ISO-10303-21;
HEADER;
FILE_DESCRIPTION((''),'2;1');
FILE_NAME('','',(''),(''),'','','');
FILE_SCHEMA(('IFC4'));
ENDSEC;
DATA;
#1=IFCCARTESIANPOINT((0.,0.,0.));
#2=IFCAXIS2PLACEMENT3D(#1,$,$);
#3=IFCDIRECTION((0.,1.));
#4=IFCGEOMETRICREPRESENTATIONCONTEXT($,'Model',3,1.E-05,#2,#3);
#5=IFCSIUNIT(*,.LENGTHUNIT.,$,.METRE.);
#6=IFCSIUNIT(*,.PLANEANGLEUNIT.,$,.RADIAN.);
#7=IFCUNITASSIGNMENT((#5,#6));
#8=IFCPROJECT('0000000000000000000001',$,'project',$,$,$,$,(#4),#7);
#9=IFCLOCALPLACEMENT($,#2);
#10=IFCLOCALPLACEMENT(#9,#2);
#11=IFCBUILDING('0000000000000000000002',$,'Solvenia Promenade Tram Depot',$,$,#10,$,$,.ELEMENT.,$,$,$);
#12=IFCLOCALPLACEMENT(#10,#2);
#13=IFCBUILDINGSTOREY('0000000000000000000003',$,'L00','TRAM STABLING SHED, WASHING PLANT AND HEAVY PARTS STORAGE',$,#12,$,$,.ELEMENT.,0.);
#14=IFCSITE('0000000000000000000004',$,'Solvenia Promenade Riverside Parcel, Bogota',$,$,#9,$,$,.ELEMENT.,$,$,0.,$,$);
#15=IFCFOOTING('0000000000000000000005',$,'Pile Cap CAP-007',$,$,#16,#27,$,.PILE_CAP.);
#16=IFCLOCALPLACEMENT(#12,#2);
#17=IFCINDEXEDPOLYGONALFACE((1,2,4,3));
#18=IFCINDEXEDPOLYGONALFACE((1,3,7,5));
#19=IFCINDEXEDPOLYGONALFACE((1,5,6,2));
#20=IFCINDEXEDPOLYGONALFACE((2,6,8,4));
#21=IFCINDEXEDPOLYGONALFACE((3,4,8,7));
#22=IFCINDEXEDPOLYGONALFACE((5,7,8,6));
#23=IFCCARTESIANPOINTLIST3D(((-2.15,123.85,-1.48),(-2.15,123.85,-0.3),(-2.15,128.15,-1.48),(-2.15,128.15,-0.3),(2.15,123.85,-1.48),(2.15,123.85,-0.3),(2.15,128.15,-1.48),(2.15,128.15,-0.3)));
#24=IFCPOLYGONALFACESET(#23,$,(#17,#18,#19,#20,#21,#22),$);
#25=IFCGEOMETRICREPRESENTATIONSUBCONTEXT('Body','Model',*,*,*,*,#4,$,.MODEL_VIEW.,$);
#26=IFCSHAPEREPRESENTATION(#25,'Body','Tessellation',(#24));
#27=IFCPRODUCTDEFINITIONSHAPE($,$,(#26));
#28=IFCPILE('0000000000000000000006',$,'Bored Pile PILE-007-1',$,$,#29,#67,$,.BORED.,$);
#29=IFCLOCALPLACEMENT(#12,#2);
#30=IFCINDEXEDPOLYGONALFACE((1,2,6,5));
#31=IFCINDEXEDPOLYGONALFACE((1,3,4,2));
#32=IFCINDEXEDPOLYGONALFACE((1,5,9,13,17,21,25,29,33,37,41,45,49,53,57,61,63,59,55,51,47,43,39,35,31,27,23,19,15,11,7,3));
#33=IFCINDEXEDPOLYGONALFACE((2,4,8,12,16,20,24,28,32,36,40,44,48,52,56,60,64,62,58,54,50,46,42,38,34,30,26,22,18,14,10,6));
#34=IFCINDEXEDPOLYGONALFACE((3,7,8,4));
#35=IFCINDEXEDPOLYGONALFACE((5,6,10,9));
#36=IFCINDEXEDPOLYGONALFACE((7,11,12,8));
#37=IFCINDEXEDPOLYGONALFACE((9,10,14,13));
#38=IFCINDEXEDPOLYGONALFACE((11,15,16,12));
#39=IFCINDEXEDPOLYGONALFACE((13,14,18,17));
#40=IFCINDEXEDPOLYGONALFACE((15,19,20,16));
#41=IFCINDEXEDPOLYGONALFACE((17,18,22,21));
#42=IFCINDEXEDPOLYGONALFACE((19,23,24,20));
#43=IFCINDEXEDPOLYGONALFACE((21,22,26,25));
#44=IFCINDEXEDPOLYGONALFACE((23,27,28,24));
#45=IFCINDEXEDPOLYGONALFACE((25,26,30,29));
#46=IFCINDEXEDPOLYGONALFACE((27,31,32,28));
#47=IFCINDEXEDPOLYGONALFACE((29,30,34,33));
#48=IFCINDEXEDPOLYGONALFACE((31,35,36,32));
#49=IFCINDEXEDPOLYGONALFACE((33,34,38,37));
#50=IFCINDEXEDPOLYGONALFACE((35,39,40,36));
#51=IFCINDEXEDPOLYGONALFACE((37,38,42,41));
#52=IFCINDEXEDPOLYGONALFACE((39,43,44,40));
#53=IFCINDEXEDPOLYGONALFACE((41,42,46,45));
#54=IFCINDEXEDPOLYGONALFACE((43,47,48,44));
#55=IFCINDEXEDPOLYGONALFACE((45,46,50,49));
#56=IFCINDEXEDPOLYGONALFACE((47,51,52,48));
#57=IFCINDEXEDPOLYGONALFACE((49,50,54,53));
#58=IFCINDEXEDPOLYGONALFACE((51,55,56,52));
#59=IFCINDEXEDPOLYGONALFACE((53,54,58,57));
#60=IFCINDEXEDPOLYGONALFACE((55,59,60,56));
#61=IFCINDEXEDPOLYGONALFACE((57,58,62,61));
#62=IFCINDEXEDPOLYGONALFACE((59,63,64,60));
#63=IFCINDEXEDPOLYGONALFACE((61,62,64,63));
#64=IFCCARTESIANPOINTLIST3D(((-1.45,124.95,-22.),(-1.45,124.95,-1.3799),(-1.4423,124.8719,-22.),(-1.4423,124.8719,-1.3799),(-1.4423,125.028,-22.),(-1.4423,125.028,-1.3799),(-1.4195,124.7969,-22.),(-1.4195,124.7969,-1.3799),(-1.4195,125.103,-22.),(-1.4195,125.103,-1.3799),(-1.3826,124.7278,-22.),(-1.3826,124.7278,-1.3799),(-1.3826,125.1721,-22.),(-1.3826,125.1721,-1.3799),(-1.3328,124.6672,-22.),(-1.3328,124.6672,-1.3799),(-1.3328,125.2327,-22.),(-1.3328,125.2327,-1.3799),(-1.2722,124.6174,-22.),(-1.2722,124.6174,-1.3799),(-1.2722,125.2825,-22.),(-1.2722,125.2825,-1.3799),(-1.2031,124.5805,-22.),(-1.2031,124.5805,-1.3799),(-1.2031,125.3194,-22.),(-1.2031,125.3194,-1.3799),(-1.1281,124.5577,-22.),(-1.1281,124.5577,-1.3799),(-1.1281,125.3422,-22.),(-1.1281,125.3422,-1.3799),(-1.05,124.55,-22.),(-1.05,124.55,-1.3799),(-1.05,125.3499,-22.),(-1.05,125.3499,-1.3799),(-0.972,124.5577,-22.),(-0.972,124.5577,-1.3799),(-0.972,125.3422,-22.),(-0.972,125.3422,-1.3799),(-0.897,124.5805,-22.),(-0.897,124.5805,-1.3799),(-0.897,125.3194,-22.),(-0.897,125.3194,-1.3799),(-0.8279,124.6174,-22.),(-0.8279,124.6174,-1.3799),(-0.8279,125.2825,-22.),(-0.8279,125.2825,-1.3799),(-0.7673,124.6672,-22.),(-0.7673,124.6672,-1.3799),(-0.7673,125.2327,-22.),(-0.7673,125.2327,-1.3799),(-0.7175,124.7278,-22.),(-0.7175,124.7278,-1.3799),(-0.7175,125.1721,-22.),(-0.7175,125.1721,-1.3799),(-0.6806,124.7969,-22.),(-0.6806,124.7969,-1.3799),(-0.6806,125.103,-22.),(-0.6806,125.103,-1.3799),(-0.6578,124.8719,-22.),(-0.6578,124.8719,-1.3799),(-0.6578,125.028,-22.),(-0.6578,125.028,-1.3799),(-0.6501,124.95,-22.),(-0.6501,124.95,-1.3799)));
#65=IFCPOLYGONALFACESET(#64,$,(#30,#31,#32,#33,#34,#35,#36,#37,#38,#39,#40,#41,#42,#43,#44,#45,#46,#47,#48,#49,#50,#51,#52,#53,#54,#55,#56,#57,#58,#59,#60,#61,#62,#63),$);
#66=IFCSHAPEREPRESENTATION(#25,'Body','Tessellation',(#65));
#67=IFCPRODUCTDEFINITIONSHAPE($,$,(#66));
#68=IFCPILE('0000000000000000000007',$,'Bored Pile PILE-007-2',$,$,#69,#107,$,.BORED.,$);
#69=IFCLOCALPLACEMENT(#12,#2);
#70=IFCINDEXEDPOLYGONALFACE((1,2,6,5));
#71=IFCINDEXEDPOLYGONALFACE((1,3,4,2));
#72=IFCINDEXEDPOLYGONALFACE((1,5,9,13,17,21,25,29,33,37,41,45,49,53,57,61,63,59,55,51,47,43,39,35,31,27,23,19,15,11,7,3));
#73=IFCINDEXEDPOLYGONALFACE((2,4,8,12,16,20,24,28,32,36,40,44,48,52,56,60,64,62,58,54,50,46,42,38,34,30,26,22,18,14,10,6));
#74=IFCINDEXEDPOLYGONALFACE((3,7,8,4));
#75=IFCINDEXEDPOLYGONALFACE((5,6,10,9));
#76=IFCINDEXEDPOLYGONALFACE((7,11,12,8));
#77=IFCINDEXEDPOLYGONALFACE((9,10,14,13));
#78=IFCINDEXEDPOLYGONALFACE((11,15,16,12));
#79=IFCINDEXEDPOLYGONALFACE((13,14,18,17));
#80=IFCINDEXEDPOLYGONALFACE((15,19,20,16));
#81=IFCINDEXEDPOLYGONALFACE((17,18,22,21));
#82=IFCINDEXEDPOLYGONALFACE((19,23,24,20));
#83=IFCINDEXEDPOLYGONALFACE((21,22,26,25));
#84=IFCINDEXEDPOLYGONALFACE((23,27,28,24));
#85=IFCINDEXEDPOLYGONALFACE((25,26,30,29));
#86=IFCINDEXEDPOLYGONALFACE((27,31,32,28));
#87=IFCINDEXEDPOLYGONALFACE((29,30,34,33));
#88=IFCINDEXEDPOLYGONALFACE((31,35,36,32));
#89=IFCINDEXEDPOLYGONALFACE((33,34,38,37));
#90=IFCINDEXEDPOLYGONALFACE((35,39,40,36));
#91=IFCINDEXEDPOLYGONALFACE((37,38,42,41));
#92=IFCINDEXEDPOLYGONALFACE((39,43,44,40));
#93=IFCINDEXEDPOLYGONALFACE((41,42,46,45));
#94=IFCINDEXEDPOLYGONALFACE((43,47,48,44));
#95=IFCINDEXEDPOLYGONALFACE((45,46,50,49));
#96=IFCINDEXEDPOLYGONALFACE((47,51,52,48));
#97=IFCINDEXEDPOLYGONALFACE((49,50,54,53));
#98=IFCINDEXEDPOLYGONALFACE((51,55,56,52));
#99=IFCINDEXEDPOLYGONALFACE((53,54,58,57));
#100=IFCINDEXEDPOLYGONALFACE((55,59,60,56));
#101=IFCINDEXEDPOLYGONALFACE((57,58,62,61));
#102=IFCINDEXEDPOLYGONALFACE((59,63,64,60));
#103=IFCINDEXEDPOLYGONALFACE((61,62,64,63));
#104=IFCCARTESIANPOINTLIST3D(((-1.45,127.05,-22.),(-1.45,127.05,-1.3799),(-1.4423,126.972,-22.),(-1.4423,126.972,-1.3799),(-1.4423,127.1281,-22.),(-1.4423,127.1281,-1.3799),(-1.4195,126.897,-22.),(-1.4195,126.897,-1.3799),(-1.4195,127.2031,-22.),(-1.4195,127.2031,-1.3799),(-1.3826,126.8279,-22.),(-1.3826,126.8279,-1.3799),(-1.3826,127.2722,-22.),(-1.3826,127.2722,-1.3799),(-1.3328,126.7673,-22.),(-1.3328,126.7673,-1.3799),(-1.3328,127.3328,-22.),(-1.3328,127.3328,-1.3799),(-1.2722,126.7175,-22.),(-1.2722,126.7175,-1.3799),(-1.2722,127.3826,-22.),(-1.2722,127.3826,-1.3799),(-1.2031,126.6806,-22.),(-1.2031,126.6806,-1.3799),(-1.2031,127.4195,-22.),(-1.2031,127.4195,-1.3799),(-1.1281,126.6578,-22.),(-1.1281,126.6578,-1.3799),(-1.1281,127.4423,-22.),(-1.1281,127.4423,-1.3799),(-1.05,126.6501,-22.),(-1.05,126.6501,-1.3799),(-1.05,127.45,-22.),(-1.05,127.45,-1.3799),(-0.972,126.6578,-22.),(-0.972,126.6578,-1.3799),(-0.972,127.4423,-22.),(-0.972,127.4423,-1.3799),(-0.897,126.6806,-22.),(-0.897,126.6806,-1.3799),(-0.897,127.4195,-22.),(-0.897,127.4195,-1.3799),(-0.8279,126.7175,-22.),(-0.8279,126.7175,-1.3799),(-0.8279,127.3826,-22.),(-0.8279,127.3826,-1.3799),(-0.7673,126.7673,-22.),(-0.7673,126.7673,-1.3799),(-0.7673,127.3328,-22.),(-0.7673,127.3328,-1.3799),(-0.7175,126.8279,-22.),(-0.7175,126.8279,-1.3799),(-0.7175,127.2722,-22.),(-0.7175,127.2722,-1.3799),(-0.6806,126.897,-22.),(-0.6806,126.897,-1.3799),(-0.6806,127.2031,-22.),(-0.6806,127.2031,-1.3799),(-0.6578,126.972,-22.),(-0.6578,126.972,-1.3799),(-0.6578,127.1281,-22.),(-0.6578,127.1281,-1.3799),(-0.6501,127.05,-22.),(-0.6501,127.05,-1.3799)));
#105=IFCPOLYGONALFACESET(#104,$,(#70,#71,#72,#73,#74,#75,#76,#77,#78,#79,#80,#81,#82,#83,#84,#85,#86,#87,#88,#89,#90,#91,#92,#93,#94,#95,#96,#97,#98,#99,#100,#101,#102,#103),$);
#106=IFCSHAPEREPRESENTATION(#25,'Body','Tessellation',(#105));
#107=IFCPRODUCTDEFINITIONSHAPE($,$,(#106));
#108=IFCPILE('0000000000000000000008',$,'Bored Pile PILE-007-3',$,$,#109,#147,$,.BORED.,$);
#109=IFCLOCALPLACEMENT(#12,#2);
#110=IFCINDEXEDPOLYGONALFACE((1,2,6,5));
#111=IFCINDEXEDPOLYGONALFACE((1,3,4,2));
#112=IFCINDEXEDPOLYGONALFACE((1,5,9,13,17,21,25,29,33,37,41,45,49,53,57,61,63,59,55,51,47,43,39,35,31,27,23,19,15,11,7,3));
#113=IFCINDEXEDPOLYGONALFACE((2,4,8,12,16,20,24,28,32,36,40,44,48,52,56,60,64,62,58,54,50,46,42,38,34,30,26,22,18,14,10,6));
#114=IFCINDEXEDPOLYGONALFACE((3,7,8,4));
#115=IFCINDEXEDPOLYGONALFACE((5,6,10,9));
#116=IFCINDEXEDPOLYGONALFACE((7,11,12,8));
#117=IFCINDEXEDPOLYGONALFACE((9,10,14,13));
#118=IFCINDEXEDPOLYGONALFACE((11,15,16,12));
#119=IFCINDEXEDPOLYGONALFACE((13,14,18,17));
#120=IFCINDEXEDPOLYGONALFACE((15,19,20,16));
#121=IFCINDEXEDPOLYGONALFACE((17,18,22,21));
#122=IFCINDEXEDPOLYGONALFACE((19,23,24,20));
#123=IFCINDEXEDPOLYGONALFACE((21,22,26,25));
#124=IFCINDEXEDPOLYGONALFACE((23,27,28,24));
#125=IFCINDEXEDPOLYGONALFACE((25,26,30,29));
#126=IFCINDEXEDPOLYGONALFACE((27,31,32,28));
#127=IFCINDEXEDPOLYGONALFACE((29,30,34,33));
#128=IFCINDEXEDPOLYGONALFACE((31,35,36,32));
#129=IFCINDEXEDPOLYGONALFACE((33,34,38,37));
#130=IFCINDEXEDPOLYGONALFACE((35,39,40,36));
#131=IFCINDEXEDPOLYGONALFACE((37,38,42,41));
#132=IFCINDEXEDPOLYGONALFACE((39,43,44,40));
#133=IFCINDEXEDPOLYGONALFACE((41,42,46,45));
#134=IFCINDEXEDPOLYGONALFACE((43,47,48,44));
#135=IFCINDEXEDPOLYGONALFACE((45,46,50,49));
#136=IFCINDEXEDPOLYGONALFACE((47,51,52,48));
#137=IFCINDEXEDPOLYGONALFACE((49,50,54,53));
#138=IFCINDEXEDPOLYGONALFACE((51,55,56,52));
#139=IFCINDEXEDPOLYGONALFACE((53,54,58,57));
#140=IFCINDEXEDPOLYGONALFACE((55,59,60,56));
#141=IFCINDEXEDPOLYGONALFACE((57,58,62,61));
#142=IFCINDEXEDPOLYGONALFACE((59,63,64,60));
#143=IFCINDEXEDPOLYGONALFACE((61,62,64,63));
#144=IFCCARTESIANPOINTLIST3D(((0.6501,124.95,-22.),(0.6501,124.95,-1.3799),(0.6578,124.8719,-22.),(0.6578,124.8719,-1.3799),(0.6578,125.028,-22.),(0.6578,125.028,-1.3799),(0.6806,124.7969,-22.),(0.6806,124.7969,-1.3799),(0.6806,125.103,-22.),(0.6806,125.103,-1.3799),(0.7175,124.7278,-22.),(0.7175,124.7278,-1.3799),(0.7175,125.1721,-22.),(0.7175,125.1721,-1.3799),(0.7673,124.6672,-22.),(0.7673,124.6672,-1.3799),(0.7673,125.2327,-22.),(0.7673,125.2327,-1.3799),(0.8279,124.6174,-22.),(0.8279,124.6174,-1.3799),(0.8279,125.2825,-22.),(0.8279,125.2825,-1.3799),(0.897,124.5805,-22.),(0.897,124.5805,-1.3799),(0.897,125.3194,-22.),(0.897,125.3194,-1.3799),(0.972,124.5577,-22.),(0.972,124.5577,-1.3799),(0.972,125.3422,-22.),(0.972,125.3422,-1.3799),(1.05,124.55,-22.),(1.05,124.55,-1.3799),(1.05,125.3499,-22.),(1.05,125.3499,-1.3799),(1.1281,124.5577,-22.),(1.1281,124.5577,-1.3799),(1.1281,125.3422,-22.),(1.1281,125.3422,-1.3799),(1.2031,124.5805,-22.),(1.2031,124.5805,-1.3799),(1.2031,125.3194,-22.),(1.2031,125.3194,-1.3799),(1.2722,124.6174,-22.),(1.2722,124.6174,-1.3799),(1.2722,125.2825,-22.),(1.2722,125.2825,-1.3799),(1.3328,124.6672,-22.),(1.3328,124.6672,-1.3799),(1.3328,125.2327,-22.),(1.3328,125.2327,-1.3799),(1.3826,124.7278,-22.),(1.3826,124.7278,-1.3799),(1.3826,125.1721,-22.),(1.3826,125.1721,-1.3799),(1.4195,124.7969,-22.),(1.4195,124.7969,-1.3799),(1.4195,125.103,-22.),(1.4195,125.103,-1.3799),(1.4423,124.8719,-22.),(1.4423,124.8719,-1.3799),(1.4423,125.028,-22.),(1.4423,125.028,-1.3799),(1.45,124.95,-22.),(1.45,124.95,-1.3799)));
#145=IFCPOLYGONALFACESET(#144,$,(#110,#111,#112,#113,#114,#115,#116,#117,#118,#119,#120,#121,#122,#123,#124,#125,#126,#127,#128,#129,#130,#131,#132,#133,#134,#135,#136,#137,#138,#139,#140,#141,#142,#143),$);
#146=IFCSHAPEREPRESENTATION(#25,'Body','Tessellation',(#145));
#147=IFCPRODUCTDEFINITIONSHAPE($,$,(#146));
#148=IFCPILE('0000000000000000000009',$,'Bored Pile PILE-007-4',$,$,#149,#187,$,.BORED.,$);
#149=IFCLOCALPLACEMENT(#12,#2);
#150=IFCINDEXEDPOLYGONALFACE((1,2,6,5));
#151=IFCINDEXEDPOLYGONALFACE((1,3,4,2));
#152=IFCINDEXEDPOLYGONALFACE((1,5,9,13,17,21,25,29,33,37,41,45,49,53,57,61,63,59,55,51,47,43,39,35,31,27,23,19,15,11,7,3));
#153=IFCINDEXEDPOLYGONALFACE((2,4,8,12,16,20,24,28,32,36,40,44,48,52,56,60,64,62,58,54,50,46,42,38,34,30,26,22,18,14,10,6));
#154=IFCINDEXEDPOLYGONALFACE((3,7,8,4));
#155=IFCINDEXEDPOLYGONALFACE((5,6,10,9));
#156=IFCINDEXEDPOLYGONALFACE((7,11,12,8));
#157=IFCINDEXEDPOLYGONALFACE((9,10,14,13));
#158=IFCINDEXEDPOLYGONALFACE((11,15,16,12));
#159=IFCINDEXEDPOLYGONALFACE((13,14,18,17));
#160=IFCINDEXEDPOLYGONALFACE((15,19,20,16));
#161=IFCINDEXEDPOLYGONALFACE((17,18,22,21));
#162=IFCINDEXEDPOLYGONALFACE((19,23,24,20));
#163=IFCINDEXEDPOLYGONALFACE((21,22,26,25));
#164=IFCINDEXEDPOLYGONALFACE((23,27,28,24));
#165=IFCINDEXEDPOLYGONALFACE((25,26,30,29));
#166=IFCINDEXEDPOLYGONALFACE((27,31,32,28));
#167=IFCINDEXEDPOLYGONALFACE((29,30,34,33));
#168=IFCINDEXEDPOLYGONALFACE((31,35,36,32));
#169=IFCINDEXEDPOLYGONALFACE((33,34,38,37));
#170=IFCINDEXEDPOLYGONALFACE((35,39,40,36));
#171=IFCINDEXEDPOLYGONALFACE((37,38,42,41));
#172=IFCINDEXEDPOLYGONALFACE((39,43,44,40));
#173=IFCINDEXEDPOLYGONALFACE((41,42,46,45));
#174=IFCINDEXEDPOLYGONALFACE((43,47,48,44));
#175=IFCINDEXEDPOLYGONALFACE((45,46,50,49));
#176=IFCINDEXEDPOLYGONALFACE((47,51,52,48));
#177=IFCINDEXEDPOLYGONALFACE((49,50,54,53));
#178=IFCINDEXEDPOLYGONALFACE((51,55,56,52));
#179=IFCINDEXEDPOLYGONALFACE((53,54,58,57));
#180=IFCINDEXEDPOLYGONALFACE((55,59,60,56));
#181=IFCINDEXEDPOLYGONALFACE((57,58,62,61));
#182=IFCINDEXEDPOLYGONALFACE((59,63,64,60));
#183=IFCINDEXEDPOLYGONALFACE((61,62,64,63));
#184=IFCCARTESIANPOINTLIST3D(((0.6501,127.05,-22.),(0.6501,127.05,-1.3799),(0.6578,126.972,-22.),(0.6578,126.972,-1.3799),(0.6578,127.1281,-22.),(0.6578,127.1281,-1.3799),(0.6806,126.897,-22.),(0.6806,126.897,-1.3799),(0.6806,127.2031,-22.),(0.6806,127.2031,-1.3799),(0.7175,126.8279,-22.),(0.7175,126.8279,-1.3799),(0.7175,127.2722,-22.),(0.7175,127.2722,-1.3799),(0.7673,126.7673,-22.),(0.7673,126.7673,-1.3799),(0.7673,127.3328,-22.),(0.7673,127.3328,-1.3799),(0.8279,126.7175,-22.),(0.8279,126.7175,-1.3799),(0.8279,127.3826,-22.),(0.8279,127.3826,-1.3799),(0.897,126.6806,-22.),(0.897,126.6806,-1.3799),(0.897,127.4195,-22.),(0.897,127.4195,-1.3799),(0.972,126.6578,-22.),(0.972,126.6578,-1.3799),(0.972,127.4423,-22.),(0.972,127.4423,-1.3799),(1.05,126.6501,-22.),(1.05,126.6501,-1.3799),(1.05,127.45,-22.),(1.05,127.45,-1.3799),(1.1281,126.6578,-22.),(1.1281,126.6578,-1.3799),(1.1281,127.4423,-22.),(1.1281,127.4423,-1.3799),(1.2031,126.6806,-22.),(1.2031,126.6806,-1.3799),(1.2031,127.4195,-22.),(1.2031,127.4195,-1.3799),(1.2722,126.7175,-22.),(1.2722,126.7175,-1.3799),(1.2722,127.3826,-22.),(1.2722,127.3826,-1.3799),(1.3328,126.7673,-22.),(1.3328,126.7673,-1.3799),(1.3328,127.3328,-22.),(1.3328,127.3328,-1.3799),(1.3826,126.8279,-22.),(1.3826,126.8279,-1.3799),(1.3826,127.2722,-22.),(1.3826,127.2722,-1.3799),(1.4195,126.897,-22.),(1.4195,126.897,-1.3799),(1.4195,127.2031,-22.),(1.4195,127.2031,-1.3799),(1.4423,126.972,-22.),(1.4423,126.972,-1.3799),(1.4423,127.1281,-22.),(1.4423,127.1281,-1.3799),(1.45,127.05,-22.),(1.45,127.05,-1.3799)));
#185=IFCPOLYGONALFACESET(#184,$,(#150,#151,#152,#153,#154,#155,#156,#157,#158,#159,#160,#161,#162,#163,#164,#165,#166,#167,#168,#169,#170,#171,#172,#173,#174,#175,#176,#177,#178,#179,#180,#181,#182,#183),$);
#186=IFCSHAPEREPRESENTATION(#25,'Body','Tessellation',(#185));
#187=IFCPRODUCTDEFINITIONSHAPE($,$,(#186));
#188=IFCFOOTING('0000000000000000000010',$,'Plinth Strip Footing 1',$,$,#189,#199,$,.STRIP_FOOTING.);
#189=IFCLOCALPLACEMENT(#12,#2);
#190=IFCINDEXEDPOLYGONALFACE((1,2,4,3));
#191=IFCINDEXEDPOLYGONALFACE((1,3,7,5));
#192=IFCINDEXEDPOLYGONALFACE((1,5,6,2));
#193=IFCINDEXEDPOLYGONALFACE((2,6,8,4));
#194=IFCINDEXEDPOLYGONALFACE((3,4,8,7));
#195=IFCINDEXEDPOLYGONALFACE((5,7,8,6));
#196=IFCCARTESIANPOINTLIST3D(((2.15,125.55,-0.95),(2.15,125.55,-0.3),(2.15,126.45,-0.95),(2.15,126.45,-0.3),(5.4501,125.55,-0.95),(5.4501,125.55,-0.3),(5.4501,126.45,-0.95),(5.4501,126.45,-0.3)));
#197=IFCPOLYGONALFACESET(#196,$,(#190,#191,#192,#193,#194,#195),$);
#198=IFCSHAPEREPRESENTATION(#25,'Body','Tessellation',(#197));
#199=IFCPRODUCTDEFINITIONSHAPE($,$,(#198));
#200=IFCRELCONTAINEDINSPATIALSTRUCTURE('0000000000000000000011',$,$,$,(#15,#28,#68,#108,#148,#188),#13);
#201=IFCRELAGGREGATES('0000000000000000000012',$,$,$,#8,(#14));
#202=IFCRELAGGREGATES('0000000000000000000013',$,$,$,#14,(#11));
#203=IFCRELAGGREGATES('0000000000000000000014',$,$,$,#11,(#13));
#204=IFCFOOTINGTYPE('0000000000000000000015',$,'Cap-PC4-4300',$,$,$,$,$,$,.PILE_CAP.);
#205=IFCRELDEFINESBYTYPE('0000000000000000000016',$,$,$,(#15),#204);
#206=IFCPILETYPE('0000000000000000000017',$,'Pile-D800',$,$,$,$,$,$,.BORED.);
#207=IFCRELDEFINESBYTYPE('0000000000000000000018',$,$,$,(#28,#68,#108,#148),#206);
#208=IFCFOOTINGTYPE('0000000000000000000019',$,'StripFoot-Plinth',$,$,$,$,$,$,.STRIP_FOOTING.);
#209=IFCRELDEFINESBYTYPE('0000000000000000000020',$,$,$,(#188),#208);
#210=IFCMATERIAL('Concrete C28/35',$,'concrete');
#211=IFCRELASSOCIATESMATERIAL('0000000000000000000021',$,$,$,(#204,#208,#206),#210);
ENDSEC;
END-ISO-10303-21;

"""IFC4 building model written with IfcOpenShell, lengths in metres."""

from ifc_helpers import new_model, si_unit, direction, frame, origin, origin_2d, place, context, subcontext, project, spatial, rectangle, circle, extrude, material, material_profile, profile_set, type_object, element, save


model = new_model("IFC4")

# Units and contexts
model_context = context("Model", 3, precision=1e-05, world=origin(), true_north=direction((0.0, 1.0)))
body_context = subcontext(model_context, "Body", "Model", "MODEL_VIEW")
ifc_project = project(units=[si_unit("LENGTHUNIT", "METRE"), si_unit("PLANEANGLEUNIT", "RADIAN")], contexts=[model_context])

# Site, building, storey
site_placement = place(None, origin())
site = spatial("IfcSite", under=ifc_project, at=site_placement, Name="Solvenia Promenade Riverside Parcel, Bogota", CompositionType="ELEMENT", RefElevation=0.0)
building_placement = place(site_placement, origin())
building = spatial("IfcBuilding", under=site, at=building_placement, Name="Solvenia Promenade Tram Depot", CompositionType="ELEMENT")
storey_placement = place(building_placement, origin())
storey = spatial("IfcBuildingStorey", under=building, at=storey_placement, Name="L00", Description="TRAM STABLING SHED, WASHING PLANT AND HEAVY PARTS STORAGE", CompositionType="ELEMENT", Elevation=0.0)

# Footing
ifc_material_1 = material(Name="Concrete C28/35", Category="concrete")
footing_type_1 = type_object("IfcFootingType", Name="Cap-PC4-4300", PredefinedType="PILE_CAP", material=ifc_material_1)
footing_1_placement = place(storey_placement, frame((0.0, 126.0, -1.48), z_axis=(0.0, 0.0, 1.0), x_axis=(1.0, 0.0, 0.0)))
element("IfcFooting", 1, at=footing_1_placement, inside=storey, type_object=footing_type_1, Name="Pile Cap CAP-007", PredefinedType="PILE_CAP", context=body_context, shape_type="SweptSolid", body=[
    extrude(rectangle(XDim=4.3, YDim=4.3, at=origin_2d()), origin(), (0.0, 0.0, 1.0), 1.1799),
])

# Piles
ifc_material_profile_1 = material_profile(ifc_material_1, circle(Radius=0.3999, at=origin_2d()), Name="D800", Category="concrete")
ifc_profile_set_1 = profile_set([ifc_material_profile_1], Name="Concrete C28/35")
pile_type = type_object("IfcPileType", Name="Pile-D800", PredefinedType="BORED", material=ifc_profile_set_1)
for number, where, z_axis, x_axis, name in (
    (2, (-1.05, 124.95, -1.3799), (0.0, 0.0, -1.0), (1.0, 0.0, 0.0), "Bored Pile PILE-007-1"),
    (3, (-1.05, 127.05, -1.3799), (0.0, 0.0, -1.0), (1.0, 0.0, 0.0), "Bored Pile PILE-007-2"),
    (4, (1.05, 124.95, -1.3799), (0.0, 0.0, -1.0), (1.0, 0.0, 0.0), "Bored Pile PILE-007-3"),
    (5, (1.05, 127.05, -1.3799), (0.0, 0.0, -1.0), (1.0, 0.0, 0.0), "Bored Pile PILE-007-4"),
):
    element("IfcPile", number, at=place(storey_placement, frame(where, z_axis=z_axis, x_axis=x_axis)), inside=storey, type_object=pile_type, Name=name, PredefinedType="BORED", context=body_context, shape_type="SweptSolid", body=[
        extrude(circle(Radius=0.3999, at=origin_2d()), origin(), (0.0, 0.0, 1.0), 20.6201),
    ])

# Footing
footing_type_2 = type_object("IfcFootingType", Name="StripFoot-Plinth", PredefinedType="STRIP_FOOTING", material=ifc_material_1)
footing_2_placement = place(storey_placement, frame((3.8, 126.0, -0.95), z_axis=(0.0, 0.0, 1.0), x_axis=(1.0, 0.0, 0.0)))
element("IfcFooting", 6, at=footing_2_placement, inside=storey, type_object=footing_type_2, Name="Plinth Strip Footing 1", PredefinedType="STRIP_FOOTING", context=body_context, shape_type="SweptSolid", body=[
    extrude(rectangle(XDim=3.3, YDim=0.8999, at=origin_2d()), origin(), (0.0, 0.0, 1.0), 0.6499),
])

save(model, "model.ifc")
